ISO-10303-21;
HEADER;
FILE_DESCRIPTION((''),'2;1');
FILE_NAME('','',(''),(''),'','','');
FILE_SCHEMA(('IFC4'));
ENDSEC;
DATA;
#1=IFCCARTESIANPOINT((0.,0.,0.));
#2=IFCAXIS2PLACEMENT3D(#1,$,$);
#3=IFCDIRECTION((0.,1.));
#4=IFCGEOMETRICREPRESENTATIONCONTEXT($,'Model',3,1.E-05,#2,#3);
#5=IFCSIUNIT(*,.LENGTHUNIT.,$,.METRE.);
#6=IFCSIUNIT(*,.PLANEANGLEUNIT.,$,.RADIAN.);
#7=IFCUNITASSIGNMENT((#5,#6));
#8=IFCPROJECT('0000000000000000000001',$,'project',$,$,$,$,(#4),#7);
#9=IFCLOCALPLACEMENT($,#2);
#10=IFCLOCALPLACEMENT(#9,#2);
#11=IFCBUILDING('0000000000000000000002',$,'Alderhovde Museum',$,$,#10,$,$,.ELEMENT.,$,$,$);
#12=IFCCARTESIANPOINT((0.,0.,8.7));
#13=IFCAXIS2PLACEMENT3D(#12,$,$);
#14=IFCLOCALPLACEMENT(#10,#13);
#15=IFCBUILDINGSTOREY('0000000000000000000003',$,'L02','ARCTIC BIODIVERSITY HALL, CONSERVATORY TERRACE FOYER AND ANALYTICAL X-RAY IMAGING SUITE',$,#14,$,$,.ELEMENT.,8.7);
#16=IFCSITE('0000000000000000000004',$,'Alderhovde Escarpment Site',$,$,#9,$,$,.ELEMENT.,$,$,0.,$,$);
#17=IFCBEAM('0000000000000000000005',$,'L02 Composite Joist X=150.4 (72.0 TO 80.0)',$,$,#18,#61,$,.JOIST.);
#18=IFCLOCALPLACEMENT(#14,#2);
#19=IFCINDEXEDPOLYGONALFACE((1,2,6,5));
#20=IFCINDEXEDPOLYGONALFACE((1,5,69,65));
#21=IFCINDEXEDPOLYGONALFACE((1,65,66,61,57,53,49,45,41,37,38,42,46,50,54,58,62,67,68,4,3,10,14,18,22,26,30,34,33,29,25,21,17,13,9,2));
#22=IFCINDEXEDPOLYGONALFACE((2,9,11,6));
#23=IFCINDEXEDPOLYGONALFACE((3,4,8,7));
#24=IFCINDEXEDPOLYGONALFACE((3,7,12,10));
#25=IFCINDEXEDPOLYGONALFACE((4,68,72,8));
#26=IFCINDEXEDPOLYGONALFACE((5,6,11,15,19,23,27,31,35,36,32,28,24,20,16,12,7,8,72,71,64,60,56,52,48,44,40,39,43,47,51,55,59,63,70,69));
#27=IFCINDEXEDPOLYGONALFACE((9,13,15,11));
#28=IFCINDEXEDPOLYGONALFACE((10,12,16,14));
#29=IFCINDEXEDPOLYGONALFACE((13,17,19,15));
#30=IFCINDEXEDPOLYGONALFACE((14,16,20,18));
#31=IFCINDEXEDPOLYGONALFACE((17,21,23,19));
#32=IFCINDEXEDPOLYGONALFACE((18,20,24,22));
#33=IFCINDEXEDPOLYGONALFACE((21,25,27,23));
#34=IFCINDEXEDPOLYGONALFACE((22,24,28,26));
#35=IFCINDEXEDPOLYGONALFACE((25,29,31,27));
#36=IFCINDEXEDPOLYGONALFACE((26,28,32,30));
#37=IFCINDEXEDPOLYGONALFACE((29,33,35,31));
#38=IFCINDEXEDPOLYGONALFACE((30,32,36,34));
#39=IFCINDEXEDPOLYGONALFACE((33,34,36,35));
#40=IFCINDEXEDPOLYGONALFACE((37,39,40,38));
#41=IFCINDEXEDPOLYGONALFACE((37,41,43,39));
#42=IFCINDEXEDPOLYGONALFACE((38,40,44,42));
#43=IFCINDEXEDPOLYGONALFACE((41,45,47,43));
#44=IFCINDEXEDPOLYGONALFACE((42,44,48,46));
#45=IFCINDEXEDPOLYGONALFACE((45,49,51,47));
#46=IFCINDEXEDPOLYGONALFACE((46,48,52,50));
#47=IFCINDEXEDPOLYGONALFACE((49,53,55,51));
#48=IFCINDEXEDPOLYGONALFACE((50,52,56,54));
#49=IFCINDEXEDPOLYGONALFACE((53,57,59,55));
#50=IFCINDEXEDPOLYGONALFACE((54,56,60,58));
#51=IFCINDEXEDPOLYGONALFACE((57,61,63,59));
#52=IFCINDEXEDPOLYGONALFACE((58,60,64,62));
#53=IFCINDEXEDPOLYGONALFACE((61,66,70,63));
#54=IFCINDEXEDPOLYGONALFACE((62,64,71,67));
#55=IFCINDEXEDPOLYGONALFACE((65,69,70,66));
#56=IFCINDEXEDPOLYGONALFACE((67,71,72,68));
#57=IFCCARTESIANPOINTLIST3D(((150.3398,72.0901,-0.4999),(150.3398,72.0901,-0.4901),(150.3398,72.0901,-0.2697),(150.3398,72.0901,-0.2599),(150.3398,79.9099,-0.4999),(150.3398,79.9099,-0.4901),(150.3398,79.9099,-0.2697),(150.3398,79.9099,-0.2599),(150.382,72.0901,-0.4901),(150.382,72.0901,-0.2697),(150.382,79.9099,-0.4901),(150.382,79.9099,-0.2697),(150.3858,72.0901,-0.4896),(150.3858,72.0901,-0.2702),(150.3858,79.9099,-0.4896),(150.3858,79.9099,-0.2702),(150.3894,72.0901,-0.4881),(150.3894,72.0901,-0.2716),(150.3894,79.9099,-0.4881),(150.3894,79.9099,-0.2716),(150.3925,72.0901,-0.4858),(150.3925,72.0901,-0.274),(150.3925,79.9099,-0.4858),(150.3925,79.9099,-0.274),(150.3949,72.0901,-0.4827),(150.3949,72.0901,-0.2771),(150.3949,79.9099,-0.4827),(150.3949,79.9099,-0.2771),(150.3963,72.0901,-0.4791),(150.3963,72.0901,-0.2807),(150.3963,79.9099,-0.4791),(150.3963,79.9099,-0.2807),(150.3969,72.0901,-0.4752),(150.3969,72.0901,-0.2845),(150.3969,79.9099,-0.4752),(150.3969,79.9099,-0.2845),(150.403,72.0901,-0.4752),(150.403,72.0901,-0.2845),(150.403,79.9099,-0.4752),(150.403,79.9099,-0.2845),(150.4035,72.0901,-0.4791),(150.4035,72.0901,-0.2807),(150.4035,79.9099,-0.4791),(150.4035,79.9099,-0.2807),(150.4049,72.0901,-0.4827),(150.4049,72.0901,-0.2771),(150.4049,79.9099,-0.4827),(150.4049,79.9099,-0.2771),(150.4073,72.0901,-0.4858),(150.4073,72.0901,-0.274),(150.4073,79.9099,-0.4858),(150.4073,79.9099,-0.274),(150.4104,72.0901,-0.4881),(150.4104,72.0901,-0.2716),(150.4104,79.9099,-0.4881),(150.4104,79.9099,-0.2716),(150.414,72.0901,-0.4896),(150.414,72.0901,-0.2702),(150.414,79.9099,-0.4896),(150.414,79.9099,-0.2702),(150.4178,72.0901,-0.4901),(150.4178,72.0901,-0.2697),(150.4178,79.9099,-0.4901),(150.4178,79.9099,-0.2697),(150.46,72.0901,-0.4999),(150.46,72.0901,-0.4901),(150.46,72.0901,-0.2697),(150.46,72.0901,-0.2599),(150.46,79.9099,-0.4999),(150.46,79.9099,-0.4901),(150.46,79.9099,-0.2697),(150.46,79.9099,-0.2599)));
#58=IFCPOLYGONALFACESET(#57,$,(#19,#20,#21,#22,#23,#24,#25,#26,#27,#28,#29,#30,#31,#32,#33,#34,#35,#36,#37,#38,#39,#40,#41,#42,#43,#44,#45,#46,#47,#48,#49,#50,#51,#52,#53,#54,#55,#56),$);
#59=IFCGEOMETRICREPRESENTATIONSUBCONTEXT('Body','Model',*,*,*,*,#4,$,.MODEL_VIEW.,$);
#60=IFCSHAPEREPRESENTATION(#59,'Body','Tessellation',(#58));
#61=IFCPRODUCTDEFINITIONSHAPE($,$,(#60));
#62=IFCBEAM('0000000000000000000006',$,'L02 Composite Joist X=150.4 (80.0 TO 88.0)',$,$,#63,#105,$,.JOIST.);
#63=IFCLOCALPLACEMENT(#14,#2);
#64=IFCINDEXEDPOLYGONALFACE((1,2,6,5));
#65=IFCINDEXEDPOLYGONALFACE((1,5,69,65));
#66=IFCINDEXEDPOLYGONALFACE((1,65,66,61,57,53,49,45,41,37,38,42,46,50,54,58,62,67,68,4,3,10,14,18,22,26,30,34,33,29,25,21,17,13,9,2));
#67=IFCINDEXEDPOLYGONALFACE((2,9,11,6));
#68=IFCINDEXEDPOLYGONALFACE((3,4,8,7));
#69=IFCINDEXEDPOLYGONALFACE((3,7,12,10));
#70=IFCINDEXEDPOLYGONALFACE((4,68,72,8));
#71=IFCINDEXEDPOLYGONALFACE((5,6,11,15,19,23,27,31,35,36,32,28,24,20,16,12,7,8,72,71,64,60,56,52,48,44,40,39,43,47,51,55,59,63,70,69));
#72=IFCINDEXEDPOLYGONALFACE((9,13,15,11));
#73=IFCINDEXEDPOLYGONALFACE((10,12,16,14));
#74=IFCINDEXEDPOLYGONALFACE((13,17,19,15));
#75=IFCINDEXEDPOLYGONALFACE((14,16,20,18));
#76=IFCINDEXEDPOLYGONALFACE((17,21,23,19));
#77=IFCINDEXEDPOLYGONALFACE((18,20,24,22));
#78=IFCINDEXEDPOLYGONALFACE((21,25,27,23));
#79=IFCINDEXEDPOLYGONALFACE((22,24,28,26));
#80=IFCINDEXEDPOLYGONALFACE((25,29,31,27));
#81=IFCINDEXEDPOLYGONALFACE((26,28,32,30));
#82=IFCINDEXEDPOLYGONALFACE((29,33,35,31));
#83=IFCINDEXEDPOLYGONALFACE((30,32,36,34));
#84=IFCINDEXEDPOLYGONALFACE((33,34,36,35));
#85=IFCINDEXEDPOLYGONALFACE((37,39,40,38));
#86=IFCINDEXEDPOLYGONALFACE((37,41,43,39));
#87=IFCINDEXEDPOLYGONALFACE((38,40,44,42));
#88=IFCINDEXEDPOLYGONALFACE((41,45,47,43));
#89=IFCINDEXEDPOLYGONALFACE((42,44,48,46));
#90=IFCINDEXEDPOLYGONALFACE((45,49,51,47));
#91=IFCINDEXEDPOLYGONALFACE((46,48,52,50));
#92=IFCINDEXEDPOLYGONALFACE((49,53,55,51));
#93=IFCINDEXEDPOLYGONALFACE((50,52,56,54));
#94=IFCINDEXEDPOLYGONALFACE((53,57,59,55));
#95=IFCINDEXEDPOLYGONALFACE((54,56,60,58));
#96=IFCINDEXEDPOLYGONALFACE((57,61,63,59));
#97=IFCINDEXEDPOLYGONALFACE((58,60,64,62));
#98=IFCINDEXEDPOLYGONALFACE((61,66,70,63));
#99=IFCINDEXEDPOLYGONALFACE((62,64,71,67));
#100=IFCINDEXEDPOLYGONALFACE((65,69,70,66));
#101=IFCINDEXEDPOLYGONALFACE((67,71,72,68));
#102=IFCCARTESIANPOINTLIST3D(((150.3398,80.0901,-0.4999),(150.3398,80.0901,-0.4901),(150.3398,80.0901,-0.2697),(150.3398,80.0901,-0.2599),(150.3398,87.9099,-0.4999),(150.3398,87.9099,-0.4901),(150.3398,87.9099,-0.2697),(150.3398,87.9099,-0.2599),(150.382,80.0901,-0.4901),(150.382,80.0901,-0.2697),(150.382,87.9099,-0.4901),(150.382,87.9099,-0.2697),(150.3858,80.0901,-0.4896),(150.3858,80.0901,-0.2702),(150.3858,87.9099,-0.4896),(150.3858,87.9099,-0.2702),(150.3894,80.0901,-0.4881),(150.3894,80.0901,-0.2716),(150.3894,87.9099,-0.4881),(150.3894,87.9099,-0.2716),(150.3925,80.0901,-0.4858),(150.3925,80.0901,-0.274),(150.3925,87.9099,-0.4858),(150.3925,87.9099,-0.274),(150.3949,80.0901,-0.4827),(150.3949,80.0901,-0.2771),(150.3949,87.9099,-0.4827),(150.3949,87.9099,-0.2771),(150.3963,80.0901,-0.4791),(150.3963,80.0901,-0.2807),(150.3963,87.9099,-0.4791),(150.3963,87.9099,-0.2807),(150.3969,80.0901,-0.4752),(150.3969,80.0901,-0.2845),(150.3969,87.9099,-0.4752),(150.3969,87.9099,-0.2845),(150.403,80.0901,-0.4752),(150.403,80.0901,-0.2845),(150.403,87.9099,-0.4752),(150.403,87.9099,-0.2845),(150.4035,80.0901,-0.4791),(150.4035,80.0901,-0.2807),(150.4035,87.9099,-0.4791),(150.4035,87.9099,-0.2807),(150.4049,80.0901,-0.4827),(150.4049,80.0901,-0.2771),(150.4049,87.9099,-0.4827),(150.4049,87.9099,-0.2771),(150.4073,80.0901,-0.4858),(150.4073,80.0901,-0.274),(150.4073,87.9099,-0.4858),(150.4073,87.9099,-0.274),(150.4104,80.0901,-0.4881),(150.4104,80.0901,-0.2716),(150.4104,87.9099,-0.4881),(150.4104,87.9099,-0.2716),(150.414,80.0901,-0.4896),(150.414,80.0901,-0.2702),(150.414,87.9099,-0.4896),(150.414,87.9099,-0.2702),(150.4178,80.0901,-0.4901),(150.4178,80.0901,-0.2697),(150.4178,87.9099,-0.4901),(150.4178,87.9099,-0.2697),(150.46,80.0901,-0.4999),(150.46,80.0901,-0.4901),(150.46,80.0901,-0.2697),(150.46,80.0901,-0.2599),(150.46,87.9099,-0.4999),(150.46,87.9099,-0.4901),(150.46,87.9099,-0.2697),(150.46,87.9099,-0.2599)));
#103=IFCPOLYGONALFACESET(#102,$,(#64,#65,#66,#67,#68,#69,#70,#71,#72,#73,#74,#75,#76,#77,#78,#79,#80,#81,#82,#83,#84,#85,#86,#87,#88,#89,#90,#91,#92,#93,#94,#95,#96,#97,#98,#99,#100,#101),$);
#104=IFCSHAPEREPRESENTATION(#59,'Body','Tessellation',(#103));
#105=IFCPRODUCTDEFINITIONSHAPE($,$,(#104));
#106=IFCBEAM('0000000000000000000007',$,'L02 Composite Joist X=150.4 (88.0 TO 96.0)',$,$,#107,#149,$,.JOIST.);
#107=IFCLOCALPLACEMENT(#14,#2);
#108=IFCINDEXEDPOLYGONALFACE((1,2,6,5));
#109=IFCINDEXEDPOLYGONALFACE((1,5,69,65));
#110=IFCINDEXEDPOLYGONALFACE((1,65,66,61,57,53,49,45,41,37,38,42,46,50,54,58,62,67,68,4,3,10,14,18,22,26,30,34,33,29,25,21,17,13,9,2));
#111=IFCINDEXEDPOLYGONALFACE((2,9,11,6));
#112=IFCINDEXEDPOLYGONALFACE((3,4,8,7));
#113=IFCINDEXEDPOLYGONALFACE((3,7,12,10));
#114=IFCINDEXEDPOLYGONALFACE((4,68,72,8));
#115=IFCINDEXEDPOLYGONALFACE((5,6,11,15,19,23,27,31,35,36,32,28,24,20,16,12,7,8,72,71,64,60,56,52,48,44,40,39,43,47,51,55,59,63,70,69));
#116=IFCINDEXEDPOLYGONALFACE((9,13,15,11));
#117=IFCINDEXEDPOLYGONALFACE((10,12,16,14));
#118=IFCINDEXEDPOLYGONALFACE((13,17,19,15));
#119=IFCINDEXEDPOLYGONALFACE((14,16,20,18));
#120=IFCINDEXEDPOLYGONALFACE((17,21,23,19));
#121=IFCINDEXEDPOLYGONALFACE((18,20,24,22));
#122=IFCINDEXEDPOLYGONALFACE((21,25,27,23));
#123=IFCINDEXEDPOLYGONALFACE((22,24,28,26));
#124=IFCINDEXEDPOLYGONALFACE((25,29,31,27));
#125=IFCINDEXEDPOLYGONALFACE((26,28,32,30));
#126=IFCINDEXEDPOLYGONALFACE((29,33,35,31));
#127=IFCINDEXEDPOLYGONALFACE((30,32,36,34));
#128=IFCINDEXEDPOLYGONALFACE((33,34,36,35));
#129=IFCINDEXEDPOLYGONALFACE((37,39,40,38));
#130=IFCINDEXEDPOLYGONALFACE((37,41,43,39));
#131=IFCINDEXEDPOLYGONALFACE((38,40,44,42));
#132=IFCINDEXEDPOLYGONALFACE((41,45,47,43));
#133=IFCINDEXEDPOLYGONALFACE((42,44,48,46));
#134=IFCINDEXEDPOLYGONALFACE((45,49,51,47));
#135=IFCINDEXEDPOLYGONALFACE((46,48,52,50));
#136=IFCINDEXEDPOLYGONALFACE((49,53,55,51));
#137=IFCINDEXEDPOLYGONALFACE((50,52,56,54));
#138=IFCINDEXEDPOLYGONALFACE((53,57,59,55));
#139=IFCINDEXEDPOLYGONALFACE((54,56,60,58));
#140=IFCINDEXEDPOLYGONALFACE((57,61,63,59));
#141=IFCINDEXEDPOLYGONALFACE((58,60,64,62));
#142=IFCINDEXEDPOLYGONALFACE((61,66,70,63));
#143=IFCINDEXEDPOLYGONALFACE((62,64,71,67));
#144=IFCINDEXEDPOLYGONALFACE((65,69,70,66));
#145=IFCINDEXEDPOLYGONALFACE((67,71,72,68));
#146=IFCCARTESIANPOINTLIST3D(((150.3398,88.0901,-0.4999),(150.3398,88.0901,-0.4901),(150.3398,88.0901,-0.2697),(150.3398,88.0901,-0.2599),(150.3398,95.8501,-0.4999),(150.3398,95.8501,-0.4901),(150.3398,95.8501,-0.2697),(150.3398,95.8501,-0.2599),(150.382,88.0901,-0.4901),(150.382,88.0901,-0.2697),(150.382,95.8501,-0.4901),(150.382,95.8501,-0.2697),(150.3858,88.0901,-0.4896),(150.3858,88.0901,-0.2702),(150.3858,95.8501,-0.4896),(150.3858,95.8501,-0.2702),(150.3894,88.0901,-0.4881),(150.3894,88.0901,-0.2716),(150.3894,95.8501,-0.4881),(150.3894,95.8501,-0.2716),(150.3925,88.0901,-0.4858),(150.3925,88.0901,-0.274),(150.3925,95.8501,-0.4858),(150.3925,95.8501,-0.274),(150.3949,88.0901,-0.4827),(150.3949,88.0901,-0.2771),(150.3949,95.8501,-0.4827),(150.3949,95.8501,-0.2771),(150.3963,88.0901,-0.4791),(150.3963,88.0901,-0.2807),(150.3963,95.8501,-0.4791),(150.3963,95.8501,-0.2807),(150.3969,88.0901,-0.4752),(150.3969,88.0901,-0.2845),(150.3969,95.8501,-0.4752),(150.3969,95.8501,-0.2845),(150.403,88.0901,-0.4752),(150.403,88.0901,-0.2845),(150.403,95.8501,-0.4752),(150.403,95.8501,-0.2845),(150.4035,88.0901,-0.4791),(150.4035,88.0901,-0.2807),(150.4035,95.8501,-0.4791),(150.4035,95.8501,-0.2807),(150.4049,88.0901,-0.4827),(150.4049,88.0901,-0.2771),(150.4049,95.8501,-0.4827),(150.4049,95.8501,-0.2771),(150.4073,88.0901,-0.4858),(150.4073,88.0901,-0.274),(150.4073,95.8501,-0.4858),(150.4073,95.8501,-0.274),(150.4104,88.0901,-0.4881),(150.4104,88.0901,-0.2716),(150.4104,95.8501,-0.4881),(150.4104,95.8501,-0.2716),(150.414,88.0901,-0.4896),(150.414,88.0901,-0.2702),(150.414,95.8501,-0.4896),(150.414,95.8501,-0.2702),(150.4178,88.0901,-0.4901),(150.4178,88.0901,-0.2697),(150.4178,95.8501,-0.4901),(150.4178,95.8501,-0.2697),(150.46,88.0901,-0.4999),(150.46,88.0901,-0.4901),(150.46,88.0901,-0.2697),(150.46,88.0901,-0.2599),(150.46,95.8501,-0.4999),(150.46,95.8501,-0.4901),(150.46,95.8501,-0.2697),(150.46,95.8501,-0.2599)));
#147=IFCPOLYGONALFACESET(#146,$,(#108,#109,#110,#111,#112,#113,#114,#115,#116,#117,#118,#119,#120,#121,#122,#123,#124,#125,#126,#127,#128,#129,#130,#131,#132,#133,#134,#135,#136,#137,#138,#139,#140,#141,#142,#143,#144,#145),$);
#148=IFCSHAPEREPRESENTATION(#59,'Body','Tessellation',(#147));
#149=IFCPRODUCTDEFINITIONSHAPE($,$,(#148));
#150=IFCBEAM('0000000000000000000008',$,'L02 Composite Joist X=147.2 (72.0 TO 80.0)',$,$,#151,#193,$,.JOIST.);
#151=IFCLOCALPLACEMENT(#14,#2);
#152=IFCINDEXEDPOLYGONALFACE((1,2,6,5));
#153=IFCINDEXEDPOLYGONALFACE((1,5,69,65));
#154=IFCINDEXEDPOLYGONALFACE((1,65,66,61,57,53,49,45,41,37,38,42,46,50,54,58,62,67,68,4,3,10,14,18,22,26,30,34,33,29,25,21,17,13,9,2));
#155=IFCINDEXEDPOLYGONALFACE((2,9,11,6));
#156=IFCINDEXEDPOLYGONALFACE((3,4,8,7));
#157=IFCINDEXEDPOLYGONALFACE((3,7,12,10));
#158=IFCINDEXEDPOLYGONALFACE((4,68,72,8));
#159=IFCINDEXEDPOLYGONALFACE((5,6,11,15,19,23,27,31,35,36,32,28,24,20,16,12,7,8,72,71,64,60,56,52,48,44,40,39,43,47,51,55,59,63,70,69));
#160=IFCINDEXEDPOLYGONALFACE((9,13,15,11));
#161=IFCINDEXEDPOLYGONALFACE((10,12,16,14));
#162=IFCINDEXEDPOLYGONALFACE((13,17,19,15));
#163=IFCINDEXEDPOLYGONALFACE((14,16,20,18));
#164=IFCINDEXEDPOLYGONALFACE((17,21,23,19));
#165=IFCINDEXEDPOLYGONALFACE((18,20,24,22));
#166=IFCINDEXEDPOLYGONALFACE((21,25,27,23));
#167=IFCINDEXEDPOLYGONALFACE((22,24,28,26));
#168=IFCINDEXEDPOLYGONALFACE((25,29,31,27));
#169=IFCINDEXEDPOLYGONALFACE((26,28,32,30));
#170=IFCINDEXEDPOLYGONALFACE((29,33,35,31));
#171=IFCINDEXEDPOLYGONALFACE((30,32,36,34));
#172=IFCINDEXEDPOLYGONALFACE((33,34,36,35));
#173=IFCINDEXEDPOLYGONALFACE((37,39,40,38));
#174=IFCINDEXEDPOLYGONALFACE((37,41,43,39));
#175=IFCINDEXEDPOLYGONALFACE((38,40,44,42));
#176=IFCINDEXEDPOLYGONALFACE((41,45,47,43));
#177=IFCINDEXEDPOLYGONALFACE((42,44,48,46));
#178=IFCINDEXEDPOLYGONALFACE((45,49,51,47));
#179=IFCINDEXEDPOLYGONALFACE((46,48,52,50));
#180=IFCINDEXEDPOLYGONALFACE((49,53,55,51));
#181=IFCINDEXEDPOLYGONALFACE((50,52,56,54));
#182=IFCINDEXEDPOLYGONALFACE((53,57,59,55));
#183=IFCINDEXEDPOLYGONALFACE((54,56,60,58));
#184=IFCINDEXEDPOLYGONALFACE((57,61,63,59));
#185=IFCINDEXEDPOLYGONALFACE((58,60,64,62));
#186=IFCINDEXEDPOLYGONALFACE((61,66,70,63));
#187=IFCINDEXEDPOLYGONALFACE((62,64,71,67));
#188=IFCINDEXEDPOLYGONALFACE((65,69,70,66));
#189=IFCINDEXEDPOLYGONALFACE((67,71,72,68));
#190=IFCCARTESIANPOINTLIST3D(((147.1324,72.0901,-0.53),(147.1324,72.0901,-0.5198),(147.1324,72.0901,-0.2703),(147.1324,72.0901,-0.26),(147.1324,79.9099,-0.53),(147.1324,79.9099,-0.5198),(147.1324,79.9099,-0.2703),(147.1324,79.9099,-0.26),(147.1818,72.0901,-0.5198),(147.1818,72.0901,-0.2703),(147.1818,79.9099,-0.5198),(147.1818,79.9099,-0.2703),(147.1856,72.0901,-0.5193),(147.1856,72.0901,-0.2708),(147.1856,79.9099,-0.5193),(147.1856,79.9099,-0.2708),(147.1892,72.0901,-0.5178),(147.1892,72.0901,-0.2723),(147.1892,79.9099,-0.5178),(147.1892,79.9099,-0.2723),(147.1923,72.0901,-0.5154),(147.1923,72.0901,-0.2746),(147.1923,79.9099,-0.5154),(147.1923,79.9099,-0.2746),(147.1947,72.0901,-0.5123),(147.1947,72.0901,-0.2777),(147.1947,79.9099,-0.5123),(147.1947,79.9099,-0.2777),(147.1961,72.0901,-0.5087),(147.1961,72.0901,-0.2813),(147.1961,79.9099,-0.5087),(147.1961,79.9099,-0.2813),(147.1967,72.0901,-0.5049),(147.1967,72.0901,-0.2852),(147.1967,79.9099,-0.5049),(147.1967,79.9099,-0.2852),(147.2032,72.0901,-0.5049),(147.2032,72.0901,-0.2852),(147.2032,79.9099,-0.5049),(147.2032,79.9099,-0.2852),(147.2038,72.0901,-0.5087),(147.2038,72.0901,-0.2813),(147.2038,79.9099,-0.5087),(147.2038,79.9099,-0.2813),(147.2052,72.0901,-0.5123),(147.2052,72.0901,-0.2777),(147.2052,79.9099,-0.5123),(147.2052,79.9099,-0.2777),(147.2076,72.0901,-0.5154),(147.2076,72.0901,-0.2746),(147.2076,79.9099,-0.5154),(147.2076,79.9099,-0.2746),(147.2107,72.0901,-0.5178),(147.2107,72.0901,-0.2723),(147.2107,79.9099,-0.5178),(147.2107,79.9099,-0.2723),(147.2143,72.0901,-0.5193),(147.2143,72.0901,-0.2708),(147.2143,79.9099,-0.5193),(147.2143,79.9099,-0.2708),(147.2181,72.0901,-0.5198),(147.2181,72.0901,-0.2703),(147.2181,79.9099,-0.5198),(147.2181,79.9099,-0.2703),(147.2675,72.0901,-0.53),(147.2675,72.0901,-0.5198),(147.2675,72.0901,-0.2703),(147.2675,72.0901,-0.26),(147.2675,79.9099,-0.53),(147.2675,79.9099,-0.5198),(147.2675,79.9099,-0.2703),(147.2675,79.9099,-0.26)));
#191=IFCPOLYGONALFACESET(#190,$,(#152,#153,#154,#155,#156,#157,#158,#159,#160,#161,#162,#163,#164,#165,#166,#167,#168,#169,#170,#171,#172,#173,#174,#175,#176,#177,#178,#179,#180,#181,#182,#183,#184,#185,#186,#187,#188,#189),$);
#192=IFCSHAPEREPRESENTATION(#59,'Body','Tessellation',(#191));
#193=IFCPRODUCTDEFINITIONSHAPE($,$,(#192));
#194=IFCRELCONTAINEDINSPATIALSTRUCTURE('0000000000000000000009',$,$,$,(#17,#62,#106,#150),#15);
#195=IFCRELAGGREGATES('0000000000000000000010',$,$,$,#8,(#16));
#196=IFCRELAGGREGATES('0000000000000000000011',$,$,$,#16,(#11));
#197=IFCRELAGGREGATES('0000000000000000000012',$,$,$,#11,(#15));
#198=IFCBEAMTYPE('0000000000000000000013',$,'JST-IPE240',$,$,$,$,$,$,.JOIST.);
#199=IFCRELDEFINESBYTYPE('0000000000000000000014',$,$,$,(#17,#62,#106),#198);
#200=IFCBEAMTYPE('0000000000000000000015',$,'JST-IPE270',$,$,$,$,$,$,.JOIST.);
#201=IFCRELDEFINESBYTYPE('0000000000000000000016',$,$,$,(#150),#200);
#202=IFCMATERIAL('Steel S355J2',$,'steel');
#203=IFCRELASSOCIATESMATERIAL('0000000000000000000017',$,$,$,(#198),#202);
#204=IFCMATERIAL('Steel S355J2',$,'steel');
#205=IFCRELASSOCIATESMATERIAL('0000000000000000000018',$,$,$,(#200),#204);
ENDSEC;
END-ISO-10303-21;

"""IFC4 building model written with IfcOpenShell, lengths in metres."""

from ifc_helpers import new_model, si_unit, direction, frame, origin, origin_2d, place, context, subcontext, project, spatial, i_section, extrude, material, material_profile, profile_set, type_object, element, save


model = new_model("IFC4")

# Units and contexts
model_context = context("Model", 3, precision=1e-05, world=origin(), true_north=direction((0.0, 1.0)))
body_context = subcontext(model_context, "Body", "Model", "MODEL_VIEW")
ifc_project = project(units=[si_unit("LENGTHUNIT", "METRE"), si_unit("PLANEANGLEUNIT", "RADIAN")], contexts=[model_context])

# Site, building, storey
site_placement = place(None, origin())
site = spatial("IfcSite", under=ifc_project, at=site_placement, Name="Alderhovde Escarpment Site", CompositionType="ELEMENT", RefElevation=0.0)
building_placement = place(site_placement, origin())
building = spatial("IfcBuilding", under=site, at=building_placement, Name="Alderhovde Museum", CompositionType="ELEMENT")
storey_placement = place(building_placement, frame((0.0, 0.0, 8.7)))
storey = spatial("IfcBuildingStorey", under=building, at=storey_placement, Name="L02", Description="ARCTIC BIODIVERSITY HALL, CONSERVATORY TERRACE FOYER AND ANALYTICAL X-RAY IMAGING SUITE", CompositionType="ELEMENT", Elevation=8.7)

# Beams
ifc_material_1 = material(Name="Steel S355J2", Category="steel")
ifc_material_profile_1 = material_profile(ifc_material_1, i_section(OverallWidth=0.1201, OverallDepth=0.24, WebThickness=0.0061, FlangeThickness=0.0098, FilletRadius=0.0149, at=origin_2d()), Name="IPE 240")
ifc_profile_set_1 = profile_set([ifc_material_profile_1], Name="Steel S355J2")
beam_type_1 = type_object("IfcBeamType", Name="JST-IPE240", PredefinedType="JOIST", material=ifc_profile_set_1)
for number, where, z_axis, x_axis, name in (
    (1, (150.3999, 72.0901, -0.3799), (0.0, 1.0, 0.0), (-1.0, 0.0, 0.0), "L02 Composite Joist X=150.4 (72.0 TO 80.0)"),
    (2, (150.3999, 80.0901, -0.3799), (0.0, 1.0, 0.0), (-1.0, 0.0, 0.0), "L02 Composite Joist X=150.4 (80.0 TO 88.0)"),
):
    element("IfcBeam", number, at=place(storey_placement, frame(where, z_axis=z_axis, x_axis=x_axis)), inside=storey, type_object=beam_type_1, Name=name, PredefinedType="JOIST", context=body_context, shape_type="SweptSolid", body=[
        extrude(i_section(OverallWidth=0.1201, OverallDepth=0.24, WebThickness=0.0061, FlangeThickness=0.0098, FilletRadius=0.0149, at=origin_2d()), origin(), (0.0, 0.0, 1.0), 7.8198),
    ])
beam_1_placement = place(storey_placement, frame((150.3999, 88.0901, -0.3799), z_axis=(0.0, 1.0, 0.0), x_axis=(-1.0, 0.0, 0.0)))
element("IfcBeam", 3, at=beam_1_placement, inside=storey, type_object=beam_type_1, Name="L02 Composite Joist X=150.4 (88.0 TO 96.0)", PredefinedType="JOIST", context=body_context, shape_type="SweptSolid", body=[
    extrude(i_section(OverallWidth=0.1201, OverallDepth=0.24, WebThickness=0.0061, FlangeThickness=0.0098, FilletRadius=0.0149, at=origin_2d()), origin(), (0.0, 0.0, 1.0), 7.76),
])
ifc_material_2 = material(Name="Steel S355J2", Category="steel")
ifc_material_profile_2 = material_profile(ifc_material_2, i_section(OverallWidth=0.135, OverallDepth=0.27, WebThickness=0.0066, FlangeThickness=0.0103, FilletRadius=0.0149, at=origin_2d()), Name="IPE 270")
ifc_profile_set_2 = profile_set([ifc_material_profile_2], Name="Steel S355J2")
beam_type_2 = type_object("IfcBeamType", Name="JST-IPE270", PredefinedType="JOIST", material=ifc_profile_set_2)
for number, where, z_axis, x_axis, name in (
    (4, (147.2, 72.0901, -0.395), (0.0, 1.0, 0.0), (-1.0, 0.0, 0.0), "L02 Composite Joist X=147.2 (72.0 TO 80.0)"),
):
    element("IfcBeam", number, at=place(storey_placement, frame(where, z_axis=z_axis, x_axis=x_axis)), inside=storey, type_object=beam_type_2, Name=name, PredefinedType="JOIST", context=body_context, shape_type="SweptSolid", body=[
        extrude(i_section(OverallWidth=0.135, OverallDepth=0.27, WebThickness=0.0066, FlangeThickness=0.0103, FilletRadius=0.0149, at=origin_2d()), origin(), (0.0, 0.0, 1.0), 7.8198),
    ])

save(model, "model.ifc")
